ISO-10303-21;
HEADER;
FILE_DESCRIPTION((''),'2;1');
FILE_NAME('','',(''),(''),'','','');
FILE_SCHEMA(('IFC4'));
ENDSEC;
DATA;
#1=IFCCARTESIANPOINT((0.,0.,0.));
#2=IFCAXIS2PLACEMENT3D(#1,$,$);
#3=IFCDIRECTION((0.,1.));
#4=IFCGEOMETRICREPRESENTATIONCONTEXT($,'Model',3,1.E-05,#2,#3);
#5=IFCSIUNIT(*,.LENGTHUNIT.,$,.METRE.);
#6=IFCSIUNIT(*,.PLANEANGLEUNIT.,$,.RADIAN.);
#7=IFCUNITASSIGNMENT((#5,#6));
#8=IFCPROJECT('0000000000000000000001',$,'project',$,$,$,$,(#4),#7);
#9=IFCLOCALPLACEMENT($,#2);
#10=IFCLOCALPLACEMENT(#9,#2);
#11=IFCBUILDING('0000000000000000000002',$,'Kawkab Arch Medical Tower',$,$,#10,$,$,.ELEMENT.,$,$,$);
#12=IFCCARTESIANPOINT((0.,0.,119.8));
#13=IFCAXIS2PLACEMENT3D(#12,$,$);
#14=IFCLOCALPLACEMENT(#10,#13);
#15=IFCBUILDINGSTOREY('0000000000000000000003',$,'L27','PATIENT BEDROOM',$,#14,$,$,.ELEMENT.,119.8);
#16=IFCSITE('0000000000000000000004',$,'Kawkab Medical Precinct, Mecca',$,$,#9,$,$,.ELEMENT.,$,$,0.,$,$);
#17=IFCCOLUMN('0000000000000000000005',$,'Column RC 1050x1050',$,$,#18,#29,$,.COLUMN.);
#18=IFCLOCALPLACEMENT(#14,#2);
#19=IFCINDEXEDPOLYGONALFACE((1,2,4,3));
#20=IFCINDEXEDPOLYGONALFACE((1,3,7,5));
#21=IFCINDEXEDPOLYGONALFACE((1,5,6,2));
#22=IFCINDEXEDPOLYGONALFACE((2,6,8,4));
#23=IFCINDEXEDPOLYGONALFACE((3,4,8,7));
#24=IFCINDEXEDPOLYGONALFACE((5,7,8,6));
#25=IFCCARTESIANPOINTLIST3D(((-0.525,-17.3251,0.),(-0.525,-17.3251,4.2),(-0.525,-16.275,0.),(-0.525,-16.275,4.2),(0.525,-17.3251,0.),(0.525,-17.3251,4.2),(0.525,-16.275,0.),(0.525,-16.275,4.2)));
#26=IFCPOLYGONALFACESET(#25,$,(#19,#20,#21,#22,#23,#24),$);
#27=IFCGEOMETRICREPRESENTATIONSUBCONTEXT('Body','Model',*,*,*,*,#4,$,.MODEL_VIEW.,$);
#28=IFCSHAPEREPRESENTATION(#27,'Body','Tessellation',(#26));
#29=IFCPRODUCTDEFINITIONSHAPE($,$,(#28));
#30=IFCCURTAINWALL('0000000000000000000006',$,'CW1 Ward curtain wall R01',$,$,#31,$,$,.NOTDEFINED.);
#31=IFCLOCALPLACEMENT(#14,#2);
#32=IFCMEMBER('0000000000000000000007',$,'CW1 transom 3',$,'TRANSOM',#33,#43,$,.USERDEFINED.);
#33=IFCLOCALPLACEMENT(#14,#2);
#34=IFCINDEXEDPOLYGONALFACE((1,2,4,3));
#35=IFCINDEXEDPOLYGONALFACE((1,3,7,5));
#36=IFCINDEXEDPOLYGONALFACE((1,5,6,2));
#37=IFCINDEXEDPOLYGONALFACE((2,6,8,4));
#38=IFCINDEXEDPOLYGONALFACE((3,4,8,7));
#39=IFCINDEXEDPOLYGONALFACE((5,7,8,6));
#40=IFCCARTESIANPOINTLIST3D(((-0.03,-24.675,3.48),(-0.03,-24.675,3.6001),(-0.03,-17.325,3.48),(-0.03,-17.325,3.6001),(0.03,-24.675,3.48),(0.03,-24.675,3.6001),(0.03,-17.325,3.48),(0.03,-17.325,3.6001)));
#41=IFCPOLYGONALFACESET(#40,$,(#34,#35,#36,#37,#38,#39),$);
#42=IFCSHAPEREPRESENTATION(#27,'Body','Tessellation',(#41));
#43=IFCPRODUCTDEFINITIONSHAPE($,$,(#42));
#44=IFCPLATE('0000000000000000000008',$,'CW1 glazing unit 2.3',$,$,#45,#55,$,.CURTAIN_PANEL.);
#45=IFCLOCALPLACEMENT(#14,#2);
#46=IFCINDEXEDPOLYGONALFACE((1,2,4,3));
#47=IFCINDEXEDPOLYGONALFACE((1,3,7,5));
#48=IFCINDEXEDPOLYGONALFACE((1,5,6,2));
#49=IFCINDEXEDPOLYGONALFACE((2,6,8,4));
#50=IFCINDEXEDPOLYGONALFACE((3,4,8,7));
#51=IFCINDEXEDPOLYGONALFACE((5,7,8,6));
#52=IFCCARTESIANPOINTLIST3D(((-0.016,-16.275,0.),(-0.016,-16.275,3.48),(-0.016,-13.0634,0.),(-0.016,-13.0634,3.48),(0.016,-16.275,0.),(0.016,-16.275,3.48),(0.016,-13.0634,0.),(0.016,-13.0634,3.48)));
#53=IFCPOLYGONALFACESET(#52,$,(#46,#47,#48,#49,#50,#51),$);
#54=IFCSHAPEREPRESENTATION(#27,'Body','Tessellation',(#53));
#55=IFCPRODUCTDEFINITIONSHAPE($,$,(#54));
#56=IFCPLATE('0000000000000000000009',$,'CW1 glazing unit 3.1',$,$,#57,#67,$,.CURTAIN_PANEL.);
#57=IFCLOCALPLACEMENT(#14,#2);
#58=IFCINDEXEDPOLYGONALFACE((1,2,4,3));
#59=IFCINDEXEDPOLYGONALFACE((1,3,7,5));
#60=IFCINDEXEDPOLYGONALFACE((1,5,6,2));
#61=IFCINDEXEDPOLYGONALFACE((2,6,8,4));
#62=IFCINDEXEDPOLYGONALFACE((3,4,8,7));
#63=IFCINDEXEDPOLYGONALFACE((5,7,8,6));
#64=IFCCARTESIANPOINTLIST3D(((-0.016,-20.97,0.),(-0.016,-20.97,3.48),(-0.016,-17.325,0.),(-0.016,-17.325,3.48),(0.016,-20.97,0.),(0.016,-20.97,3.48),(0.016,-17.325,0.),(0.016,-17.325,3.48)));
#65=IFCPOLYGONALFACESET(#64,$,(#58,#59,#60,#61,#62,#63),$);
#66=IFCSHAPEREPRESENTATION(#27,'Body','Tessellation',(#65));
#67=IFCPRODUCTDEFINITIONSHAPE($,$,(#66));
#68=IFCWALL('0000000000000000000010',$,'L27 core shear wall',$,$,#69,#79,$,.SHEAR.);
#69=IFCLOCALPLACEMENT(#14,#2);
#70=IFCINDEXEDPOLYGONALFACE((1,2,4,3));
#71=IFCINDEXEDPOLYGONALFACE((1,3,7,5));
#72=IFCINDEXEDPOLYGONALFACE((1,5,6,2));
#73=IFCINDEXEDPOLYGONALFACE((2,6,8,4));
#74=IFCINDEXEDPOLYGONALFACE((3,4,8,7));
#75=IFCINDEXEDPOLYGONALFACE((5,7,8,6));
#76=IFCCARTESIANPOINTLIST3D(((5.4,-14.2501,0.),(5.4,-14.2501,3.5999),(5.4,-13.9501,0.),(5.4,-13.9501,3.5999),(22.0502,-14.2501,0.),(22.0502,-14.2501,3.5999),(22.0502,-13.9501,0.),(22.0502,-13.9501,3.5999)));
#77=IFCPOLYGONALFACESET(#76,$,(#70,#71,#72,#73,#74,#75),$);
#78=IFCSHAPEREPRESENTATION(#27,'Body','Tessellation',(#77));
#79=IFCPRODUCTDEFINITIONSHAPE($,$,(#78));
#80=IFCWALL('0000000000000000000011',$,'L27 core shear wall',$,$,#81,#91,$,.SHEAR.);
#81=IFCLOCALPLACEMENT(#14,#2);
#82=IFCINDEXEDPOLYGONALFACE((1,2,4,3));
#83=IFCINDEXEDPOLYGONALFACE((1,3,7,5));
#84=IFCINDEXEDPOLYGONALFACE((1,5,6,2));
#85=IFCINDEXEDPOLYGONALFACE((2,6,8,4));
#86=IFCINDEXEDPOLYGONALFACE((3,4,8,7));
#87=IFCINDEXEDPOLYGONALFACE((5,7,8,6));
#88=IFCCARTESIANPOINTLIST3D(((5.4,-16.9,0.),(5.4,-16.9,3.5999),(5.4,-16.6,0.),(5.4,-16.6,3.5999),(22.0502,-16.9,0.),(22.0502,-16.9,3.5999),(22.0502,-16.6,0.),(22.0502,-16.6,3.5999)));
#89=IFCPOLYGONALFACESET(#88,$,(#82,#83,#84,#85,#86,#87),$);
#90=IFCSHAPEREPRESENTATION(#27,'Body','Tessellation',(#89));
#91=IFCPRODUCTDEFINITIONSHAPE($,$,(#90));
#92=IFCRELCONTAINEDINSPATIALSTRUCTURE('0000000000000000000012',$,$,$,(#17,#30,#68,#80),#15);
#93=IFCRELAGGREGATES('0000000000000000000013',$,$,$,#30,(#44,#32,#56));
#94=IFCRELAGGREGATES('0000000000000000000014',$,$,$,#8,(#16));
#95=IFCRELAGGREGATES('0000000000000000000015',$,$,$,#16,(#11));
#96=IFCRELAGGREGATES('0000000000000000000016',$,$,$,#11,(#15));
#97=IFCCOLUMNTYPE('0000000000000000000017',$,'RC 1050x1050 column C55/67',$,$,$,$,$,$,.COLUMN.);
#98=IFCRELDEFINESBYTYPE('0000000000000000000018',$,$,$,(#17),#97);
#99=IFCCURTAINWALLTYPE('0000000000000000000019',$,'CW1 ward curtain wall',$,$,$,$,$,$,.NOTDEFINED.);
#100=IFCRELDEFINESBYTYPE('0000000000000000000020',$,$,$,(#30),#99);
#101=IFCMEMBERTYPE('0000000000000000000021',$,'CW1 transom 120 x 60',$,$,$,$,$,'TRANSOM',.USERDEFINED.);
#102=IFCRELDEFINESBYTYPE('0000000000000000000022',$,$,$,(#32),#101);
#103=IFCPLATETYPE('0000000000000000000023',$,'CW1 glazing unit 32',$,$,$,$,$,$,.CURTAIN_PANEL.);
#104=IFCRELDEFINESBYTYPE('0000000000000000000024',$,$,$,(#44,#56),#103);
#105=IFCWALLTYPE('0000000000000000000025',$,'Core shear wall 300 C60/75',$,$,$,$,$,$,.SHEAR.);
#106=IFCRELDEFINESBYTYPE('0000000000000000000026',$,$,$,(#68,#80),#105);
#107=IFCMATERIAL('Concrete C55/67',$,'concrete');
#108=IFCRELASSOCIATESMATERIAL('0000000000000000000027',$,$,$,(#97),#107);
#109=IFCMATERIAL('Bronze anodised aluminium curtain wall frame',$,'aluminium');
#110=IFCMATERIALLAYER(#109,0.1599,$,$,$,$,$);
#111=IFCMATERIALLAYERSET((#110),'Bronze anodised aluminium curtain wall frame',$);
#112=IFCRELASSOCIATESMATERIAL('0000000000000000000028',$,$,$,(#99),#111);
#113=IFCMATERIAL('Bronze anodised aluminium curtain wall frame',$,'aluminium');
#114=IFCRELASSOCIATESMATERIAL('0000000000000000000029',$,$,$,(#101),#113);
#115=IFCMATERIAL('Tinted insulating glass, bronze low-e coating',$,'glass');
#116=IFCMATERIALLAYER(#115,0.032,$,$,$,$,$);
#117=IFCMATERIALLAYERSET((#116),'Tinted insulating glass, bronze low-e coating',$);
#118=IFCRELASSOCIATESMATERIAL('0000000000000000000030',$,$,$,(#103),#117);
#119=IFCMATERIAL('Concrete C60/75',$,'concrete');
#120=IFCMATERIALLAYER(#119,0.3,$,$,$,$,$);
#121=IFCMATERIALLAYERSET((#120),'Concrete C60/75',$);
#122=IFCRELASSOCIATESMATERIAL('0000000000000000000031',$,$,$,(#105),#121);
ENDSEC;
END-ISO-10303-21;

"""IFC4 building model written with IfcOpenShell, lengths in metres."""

from ifc_helpers import new_model, si_unit, direction, frame, frame_2d, origin, origin_2d, place, context, subcontext, project, spatial, rectangle, extrude, material, layer, layer_set, material_profile, profile_set, type_object, element, aggregate, save


model = new_model("IFC4")

# Units and contexts
model_context = context("Model", 3, precision=1e-05, world=origin(), true_north=direction((0.0, 1.0)))
body_context = subcontext(model_context, "Body", "Model", "MODEL_VIEW")
ifc_project = project(units=[si_unit("LENGTHUNIT", "METRE"), si_unit("PLANEANGLEUNIT", "RADIAN")], contexts=[model_context])

# Site, building, storey
site_placement = place(None, origin())
site = spatial("IfcSite", under=ifc_project, at=site_placement, Name="Kawkab Medical Precinct, Mecca", CompositionType="ELEMENT", RefElevation=0.0)
building_placement = place(site_placement, origin())
building = spatial("IfcBuilding", under=site, at=building_placement, Name="Kawkab Arch Medical Tower", CompositionType="ELEMENT")
storey_placement = place(building_placement, frame((0.0, 0.0, 119.8)))
storey = spatial("IfcBuildingStorey", under=building, at=storey_placement, Name="L27", Description="PATIENT BEDROOM", CompositionType="ELEMENT", Elevation=119.8)

# Column
ifc_material_1 = material(Name="Concrete C55/67", Category="concrete")
ifc_material_profile_1 = material_profile(ifc_material_1, rectangle(XDim=1.05, YDim=1.05, at=origin_2d()), Name="RC 1050x1050")
ifc_profile_set_1 = profile_set([ifc_material_profile_1], Name="Concrete C55/67")
column_type = type_object("IfcColumnType", Name="RC 1050x1050 column C55/67", PredefinedType="COLUMN", material=ifc_profile_set_1)
column_placement = place(storey_placement, frame((0.0, -16.8, 0.0), z_axis=(0.0, 0.0, 1.0), x_axis=(1.0, 0.0, 0.0)))
element("IfcColumn", 1, at=column_placement, inside=storey, type_object=column_type, Name="Column RC 1050x1050", PredefinedType="COLUMN", context=body_context, shape_type="SweptSolid", body=[
    extrude(rectangle(XDim=1.05, YDim=1.05, at=origin_2d()), origin(), (0.0, 0.0, 1.0), 4.2),
])

# Curtain wall, member, plates
ifc_material_2 = material(Name="Bronze anodised aluminium curtain wall frame", Category="aluminium")
ifc_layer_1 = layer(ifc_material_2, 0.1599)
ifc_layer_set_1 = layer_set([ifc_layer_1], Name="Bronze anodised aluminium curtain wall frame")
curtain_wall_type = type_object("IfcCurtainWallType", Name="CW1 ward curtain wall", PredefinedType="NOTDEFINED", material=ifc_layer_set_1)
placement = place(storey_placement, origin())
curtain_wall = element("IfcCurtainWall", 2, at=placement, inside=storey, type_object=curtain_wall_type, Name="CW1 Ward curtain wall R01", PredefinedType="NOTDEFINED")
ifc_material_3 = material(Name="Bronze anodised aluminium curtain wall frame", Category="aluminium")
ifc_material_profile_2 = material_profile(ifc_material_3, rectangle(XDim=0.0601, YDim=0.1201, at=origin_2d()), Name="AL 60x120")
ifc_profile_set_2 = profile_set([ifc_material_profile_2], Name="Bronze anodised aluminium curtain wall frame")
member_type = type_object("IfcMemberType", Name="CW1 transom 120 x 60", ElementType="TRANSOM", PredefinedType="USERDEFINED", material=ifc_profile_set_2)
member_placement = place(storey_placement, frame((0.0, -17.325, 3.54), z_axis=(0.0, -1.0, 0.0), x_axis=(1.0, 0.0, 0.0)))
member = element("IfcMember", 3, at=member_placement, type_object=member_type, Name="CW1 transom 3", ObjectType="TRANSOM", PredefinedType="USERDEFINED", context=body_context, shape_type="SweptSolid", body=[
    extrude(rectangle(XDim=0.0601, YDim=0.1201, at=origin_2d()), origin(), (0.0, 0.0, 1.0), 7.3501),
])
ifc_material_4 = material(Name="Tinted insulating glass, bronze low-e coating", Category="glass")
ifc_layer_2 = layer(ifc_material_4, 0.032)
ifc_layer_set_2 = layer_set([ifc_layer_2], Name="Tinted insulating glass, bronze low-e coating")
plate_type = type_object("IfcPlateType", Name="CW1 glazing unit 32", PredefinedType="CURTAIN_PANEL", material=ifc_layer_set_2)
plate_1_placement = place(storey_placement, frame((0.0, -14.6692, 0.0), z_axis=(0.0, 0.0, 1.0), x_axis=(0.0, -1.0, 0.0)))
plate_1 = element("IfcPlate", 4, at=plate_1_placement, type_object=plate_type, Name="CW1 glazing unit 2.3", PredefinedType="CURTAIN_PANEL", context=body_context, shape_type="SweptSolid", body=[
    extrude(rectangle(XDim=3.2117, YDim=0.032, at=origin_2d()), origin(), (0.0, 0.0, 1.0), 3.48),
])
plate_2_placement = place(storey_placement, frame((0.0, -19.1475, 0.0), z_axis=(0.0, 0.0, 1.0), x_axis=(0.0, -1.0, 0.0)))
plate_2 = element("IfcPlate", 5, at=plate_2_placement, type_object=plate_type, Name="CW1 glazing unit 3.1", PredefinedType="CURTAIN_PANEL", context=body_context, shape_type="SweptSolid", body=[
    extrude(rectangle(XDim=3.645, YDim=0.032, at=origin_2d()), origin(), (0.0, 0.0, 1.0), 3.48),
])
aggregate(curtain_wall, [plate_1, member, plate_2])

# Walls
ifc_material_5 = material(Name="Concrete C60/75", Category="concrete")
ifc_layer_3 = layer(ifc_material_5, 0.3)
ifc_layer_set_3 = layer_set([ifc_layer_3], Name="Concrete C60/75")
wall_type_1 = type_object("IfcWallType", Name="Core shear wall 300 C60/75", PredefinedType="SHEAR", material=ifc_layer_set_3)
for number, where, z_axis, x_axis, name in (
    (6, (5.3999, -14.1001, 0.0), (0.0, 0.0, 1.0), (1.0, 0.0, 0.0), "L27 core shear wall"),
    (7, (5.3999, -16.75, 0.0), (0.0, 0.0, 1.0), (1.0, 0.0, 0.0), "L27 core shear wall"),
):
    element("IfcWall", number, at=place(storey_placement, frame(where, z_axis=z_axis, x_axis=x_axis)), inside=storey, type_object=wall_type_1, Name=name, PredefinedType="SHEAR", context=body_context, shape_type="SweptSolid", body=[
        extrude(rectangle(XDim=16.6501, YDim=0.3, at=frame_2d((8.3252, 0.0))), origin(), (0.0, 0.0, 1.0), 3.5999),
    ])

save(model, "model.ifc")
